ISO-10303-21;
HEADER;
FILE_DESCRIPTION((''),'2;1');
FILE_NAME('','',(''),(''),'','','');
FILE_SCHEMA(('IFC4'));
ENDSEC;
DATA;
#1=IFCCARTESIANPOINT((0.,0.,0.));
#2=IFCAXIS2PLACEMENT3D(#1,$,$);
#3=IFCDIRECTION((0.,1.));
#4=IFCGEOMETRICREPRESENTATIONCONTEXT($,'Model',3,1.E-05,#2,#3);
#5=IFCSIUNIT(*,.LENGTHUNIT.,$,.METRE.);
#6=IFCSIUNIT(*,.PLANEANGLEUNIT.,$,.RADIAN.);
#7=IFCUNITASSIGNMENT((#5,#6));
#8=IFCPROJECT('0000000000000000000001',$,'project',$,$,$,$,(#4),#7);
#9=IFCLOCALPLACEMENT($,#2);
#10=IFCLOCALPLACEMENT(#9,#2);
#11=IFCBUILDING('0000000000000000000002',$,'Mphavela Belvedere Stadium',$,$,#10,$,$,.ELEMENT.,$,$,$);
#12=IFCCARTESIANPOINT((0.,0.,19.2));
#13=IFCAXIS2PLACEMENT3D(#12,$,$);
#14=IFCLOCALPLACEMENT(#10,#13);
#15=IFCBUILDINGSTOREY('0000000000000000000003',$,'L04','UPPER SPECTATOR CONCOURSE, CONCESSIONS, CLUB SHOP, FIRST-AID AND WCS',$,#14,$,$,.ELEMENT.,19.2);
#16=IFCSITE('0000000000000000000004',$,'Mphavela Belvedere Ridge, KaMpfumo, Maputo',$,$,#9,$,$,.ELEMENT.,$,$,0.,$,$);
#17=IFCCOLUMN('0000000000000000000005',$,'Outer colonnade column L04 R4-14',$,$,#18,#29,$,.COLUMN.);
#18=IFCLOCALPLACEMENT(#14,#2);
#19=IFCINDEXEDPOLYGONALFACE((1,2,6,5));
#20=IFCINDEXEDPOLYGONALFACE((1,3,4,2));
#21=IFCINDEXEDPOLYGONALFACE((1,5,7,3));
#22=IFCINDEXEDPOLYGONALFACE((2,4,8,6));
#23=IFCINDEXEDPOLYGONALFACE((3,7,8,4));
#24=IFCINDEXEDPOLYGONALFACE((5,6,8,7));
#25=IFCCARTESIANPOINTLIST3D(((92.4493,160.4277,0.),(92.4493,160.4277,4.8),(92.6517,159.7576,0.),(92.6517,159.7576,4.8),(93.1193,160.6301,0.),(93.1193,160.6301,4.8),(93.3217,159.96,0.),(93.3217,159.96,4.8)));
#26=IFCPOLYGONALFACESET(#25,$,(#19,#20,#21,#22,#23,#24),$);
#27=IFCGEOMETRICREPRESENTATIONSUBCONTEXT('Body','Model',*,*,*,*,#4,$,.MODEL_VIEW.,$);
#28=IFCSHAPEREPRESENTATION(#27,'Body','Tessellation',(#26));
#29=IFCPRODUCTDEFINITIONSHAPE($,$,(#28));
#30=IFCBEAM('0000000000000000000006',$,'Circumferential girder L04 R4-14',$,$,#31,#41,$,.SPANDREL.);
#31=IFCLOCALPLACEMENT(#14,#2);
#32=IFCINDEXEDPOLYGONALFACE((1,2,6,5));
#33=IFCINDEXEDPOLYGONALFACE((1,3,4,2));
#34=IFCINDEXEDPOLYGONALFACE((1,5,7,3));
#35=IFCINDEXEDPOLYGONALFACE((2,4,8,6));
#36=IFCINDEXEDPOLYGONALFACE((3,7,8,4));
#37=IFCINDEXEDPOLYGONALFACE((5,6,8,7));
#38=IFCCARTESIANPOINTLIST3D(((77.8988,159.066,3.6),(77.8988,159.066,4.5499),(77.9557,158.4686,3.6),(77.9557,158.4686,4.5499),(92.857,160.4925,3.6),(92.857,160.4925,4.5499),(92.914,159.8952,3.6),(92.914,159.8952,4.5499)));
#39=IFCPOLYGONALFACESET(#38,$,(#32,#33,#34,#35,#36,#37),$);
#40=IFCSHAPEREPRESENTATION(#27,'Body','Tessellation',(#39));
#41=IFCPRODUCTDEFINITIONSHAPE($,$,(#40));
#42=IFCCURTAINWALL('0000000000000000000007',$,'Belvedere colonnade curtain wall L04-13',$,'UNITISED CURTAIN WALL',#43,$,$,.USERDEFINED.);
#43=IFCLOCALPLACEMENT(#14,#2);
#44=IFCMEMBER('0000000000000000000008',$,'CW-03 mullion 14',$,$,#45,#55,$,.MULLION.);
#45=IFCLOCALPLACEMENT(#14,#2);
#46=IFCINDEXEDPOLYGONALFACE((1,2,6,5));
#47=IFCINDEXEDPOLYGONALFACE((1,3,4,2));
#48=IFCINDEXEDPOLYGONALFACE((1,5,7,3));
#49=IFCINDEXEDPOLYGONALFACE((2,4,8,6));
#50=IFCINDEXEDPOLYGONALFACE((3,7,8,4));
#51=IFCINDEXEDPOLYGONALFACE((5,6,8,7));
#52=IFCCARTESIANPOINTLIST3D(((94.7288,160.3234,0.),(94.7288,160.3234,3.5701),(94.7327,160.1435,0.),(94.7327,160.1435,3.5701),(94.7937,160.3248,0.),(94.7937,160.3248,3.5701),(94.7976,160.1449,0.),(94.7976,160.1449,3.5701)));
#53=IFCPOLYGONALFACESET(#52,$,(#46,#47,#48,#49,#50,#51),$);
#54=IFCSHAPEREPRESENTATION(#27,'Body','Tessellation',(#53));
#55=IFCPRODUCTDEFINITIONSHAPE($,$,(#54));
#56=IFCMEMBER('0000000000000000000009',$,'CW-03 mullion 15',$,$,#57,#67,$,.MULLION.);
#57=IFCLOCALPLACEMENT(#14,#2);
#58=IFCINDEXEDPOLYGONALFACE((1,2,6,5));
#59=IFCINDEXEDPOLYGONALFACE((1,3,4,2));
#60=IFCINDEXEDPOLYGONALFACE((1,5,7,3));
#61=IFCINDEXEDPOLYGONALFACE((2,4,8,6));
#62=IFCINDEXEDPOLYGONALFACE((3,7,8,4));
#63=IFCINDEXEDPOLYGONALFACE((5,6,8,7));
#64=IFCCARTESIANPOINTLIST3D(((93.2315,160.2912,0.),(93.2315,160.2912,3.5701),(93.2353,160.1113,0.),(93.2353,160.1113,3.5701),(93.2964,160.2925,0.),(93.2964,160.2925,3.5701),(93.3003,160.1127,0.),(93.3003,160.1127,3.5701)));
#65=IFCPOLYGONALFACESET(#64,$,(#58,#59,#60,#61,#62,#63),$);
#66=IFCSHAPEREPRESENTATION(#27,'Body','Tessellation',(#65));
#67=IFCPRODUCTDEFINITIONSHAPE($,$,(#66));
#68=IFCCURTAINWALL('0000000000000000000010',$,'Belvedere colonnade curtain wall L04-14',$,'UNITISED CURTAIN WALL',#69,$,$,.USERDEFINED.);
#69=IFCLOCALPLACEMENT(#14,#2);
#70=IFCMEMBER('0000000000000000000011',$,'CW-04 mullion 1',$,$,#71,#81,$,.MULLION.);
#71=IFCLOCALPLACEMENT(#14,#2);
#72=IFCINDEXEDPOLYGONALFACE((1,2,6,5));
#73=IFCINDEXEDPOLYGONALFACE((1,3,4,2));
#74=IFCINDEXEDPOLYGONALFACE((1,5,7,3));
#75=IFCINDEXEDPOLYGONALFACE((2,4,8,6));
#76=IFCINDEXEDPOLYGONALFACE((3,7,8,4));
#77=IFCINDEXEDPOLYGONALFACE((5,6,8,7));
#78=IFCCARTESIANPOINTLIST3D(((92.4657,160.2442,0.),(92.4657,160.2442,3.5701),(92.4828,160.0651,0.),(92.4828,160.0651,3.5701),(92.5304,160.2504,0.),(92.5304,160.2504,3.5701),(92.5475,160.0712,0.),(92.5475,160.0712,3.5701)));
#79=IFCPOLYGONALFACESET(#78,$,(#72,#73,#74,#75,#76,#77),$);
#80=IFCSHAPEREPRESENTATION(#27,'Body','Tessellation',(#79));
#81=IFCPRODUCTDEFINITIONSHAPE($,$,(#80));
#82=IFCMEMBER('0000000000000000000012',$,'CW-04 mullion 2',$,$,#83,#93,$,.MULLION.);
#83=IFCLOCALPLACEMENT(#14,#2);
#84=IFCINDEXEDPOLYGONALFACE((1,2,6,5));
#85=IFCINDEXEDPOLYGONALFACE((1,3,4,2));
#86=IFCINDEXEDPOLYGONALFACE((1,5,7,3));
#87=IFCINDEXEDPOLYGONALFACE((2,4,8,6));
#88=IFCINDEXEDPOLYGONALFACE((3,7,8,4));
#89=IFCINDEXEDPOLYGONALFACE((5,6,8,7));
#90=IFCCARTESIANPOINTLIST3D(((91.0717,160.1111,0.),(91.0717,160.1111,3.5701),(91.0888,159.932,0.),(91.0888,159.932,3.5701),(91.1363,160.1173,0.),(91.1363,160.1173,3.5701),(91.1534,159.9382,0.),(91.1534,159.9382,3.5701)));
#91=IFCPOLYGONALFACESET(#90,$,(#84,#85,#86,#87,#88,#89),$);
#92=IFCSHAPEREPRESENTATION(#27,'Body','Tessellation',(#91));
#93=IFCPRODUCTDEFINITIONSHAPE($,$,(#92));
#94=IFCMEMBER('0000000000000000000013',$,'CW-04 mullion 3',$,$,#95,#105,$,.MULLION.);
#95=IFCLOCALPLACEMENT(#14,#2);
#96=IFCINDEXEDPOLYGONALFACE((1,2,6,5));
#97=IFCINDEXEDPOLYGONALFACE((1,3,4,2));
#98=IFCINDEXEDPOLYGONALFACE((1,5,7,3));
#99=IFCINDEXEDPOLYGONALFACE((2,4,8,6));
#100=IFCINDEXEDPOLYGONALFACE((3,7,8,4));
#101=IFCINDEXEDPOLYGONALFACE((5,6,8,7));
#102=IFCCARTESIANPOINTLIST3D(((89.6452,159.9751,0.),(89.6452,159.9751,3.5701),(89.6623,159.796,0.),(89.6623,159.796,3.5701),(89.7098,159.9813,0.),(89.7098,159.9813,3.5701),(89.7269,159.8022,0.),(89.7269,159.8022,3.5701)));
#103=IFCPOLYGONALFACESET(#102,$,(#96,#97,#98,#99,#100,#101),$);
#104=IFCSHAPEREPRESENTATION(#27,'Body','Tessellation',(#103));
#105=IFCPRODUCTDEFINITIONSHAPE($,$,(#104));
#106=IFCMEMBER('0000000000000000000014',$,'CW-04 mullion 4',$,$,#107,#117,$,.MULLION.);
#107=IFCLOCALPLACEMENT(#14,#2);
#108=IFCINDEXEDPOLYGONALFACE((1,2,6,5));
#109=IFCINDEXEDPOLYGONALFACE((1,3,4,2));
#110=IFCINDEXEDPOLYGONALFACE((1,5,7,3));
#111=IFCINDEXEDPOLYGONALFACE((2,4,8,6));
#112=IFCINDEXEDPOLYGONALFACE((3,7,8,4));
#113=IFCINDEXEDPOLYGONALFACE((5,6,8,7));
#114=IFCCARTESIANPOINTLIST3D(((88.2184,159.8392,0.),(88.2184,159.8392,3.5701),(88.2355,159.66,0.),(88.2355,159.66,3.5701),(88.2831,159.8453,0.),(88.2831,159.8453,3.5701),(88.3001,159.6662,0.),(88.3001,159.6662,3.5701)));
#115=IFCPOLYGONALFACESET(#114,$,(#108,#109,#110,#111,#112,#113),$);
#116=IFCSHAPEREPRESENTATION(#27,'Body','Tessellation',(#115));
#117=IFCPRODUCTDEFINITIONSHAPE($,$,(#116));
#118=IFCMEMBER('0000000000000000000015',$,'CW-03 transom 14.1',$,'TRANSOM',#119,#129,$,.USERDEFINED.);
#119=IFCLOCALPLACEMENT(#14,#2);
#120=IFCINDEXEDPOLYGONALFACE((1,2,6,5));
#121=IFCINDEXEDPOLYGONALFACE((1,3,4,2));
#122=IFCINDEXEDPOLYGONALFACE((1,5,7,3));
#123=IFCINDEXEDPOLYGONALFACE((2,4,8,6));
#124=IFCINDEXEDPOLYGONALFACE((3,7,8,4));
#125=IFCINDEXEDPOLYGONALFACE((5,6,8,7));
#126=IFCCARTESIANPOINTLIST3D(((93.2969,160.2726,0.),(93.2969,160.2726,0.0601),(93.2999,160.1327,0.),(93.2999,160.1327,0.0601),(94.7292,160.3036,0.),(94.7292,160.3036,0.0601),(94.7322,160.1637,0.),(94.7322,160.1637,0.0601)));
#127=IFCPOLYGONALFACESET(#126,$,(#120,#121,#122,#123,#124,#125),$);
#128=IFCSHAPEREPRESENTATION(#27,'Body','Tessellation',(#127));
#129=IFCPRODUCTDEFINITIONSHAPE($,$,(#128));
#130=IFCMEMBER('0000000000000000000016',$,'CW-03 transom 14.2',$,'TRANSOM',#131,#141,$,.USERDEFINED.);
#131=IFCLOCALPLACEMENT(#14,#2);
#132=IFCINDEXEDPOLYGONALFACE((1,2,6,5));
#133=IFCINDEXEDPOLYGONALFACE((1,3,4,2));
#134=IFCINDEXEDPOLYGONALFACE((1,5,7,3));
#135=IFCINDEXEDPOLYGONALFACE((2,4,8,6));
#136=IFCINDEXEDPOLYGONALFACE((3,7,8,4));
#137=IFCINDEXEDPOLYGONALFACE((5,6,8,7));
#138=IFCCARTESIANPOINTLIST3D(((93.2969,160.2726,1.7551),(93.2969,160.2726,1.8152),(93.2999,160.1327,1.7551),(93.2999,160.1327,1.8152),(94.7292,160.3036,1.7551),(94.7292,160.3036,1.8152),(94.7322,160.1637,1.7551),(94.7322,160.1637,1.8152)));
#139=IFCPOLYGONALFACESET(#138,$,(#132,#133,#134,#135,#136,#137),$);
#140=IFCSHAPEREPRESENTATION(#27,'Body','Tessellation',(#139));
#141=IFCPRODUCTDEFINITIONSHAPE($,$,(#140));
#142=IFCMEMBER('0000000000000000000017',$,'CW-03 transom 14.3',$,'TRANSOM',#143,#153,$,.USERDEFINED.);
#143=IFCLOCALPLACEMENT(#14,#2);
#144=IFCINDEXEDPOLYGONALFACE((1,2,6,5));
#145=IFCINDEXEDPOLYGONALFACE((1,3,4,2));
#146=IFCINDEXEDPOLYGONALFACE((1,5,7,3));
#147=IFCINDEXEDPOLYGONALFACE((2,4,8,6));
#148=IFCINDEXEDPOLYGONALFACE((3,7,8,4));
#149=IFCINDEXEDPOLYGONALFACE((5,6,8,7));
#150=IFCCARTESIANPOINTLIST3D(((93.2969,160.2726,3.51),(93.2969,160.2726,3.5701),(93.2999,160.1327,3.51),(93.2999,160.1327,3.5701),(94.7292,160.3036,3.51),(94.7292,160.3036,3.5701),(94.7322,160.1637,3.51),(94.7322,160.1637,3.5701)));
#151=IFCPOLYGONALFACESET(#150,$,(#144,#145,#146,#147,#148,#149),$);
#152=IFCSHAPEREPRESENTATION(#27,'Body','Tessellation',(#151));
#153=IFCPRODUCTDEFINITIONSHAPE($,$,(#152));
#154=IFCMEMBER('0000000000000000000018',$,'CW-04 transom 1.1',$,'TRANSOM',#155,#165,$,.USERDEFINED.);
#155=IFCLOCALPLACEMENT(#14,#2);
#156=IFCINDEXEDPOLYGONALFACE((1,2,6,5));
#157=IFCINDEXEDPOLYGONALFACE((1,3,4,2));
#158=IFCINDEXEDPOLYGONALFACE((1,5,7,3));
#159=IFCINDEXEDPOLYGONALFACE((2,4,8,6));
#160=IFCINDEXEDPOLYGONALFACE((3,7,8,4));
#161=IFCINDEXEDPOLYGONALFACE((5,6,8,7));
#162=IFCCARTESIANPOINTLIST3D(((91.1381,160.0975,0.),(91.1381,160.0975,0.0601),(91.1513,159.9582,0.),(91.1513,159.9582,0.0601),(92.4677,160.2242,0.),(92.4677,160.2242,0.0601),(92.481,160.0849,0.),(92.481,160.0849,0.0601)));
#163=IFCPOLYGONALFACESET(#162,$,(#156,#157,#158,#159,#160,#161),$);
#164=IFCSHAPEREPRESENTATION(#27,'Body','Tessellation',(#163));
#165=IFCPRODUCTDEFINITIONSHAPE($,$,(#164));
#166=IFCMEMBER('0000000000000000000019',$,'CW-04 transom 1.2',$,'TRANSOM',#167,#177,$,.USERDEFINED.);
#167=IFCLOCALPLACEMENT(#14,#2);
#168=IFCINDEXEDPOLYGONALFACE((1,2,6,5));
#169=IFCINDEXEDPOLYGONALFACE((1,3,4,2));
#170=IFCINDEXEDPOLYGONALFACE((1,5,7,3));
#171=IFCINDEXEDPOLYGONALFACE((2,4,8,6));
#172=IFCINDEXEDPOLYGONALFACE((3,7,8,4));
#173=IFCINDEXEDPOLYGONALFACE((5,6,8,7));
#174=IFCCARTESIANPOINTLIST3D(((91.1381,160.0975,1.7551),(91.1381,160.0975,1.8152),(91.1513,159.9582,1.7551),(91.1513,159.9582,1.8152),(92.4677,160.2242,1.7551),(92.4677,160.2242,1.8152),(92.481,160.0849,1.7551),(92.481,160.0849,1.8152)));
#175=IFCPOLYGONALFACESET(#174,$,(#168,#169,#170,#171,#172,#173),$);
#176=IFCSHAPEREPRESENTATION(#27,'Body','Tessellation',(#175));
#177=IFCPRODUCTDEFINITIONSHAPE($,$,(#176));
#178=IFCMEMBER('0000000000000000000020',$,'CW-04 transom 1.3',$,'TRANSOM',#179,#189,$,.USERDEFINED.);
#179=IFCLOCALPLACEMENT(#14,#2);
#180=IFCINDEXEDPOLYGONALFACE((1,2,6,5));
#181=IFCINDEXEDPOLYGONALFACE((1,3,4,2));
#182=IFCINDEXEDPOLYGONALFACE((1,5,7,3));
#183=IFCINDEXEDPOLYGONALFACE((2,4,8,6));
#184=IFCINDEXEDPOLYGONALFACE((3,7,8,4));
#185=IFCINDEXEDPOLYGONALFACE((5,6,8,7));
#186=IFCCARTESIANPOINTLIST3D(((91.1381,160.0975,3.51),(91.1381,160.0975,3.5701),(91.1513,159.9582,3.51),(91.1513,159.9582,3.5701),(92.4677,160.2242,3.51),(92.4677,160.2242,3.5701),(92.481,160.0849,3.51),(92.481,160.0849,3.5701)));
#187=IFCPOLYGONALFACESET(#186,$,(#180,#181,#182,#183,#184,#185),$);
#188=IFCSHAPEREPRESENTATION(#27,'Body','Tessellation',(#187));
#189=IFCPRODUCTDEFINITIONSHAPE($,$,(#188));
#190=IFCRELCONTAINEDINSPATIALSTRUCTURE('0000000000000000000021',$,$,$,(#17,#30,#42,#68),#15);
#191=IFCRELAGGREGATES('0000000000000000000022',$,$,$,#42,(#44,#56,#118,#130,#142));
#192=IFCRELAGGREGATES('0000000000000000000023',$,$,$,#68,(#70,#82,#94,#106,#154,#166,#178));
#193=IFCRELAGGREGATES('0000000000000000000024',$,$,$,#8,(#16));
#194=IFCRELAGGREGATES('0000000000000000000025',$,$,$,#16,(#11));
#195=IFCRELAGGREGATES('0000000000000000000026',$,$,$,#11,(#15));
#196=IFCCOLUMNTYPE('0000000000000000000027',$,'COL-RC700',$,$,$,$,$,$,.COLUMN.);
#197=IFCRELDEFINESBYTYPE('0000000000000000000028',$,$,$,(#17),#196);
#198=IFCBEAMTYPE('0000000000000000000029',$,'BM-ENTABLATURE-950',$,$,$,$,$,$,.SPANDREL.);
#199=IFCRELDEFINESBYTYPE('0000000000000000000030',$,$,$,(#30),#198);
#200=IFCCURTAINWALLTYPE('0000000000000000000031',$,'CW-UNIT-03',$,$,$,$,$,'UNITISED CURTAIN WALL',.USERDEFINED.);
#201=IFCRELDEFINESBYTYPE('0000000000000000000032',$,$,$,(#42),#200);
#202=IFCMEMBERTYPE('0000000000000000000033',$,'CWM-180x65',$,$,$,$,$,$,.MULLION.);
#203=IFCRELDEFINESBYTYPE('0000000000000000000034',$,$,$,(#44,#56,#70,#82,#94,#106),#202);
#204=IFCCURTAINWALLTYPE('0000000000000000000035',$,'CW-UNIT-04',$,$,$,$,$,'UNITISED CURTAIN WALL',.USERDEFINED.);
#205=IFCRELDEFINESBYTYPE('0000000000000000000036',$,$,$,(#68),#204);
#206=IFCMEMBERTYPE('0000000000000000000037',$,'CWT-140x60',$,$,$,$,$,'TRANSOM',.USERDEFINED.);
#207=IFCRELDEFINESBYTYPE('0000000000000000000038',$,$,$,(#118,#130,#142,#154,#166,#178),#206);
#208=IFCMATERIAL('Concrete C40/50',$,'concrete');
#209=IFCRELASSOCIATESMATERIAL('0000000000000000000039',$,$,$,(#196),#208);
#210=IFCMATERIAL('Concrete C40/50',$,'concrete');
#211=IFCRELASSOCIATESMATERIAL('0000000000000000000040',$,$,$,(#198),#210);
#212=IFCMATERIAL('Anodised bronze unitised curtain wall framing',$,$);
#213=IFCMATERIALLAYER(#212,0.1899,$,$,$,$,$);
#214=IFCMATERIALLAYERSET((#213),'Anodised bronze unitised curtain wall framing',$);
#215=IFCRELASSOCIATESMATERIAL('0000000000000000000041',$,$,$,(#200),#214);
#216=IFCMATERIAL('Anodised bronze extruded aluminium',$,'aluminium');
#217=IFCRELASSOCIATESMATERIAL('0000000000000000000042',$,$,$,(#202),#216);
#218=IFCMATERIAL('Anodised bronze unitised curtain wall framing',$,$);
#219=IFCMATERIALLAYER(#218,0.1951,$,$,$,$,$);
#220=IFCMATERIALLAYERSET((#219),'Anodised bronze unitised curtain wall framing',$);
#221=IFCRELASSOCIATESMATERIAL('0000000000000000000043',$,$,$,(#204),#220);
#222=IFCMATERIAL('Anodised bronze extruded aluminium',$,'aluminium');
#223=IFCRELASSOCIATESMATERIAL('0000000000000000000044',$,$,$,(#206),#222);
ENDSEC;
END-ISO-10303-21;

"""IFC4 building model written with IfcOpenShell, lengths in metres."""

from ifc_helpers import new_model, si_unit, direction, frame, origin, origin_2d, place, context, subcontext, project, spatial, rectangle, extrude, material, layer, layer_set, material_profile, profile_set, type_object, element, aggregate, save


model = new_model("IFC4")

# Units and contexts
model_context = context("Model", 3, precision=1e-05, world=origin(), true_north=direction((0.0, 1.0)))
body_context = subcontext(model_context, "Body", "Model", "MODEL_VIEW")
ifc_project = project(units=[si_unit("LENGTHUNIT", "METRE"), si_unit("PLANEANGLEUNIT", "RADIAN")], contexts=[model_context])

# Site, building, storey
site_placement = place(None, origin())
site = spatial("IfcSite", under=ifc_project, at=site_placement, Name="Mphavela Belvedere Ridge, KaMpfumo, Maputo", CompositionType="ELEMENT", RefElevation=0.0)
building_placement = place(site_placement, origin())
building = spatial("IfcBuilding", under=site, at=building_placement, Name="Mphavela Belvedere Stadium", CompositionType="ELEMENT")
storey_placement = place(building_placement, frame((0.0, 0.0, 19.2)))
storey = spatial("IfcBuildingStorey", under=building, at=storey_placement, Name="L04", Description="UPPER SPECTATOR CONCOURSE, CONCESSIONS, CLUB SHOP, FIRST-AID AND WCS", CompositionType="ELEMENT", Elevation=19.2)

# Column
ifc_material_1 = material(Name="Concrete C40/50", Category="concrete")
ifc_material_profile_1 = material_profile(ifc_material_1, rectangle(XDim=0.7, YDim=0.7, at=origin_2d()), Name="RC 700x700")
ifc_profile_set_1 = profile_set([ifc_material_profile_1], Name="Concrete C40/50")
column_type = type_object("IfcColumnType", Name="COL-RC700", PredefinedType="COLUMN", material=ifc_profile_set_1)
column_placement = place(storey_placement, frame((92.8855, 160.1938, 0.0), z_axis=(0.0, 0.0, 1.0), x_axis=(-0.289199, 0.957269, 0.0)))
element("IfcColumn", 1, at=column_placement, inside=storey, type_object=column_type, Name="Outer colonnade column L04 R4-14", PredefinedType="COLUMN", context=body_context, shape_type="SweptSolid", body=[
    extrude(rectangle(XDim=0.7, YDim=0.7, at=origin_2d()), origin(), (0.0, 0.0, 1.0), 4.8),
])

# Beam
ifc_material_2 = material(Name="Concrete C40/50", Category="concrete")
ifc_material_profile_2 = material_profile(ifc_material_2, rectangle(XDim=0.6001, YDim=0.95, at=origin_2d()), Name="RC 600x950")
ifc_profile_set_2 = profile_set([ifc_material_profile_2], Name="Concrete C40/50")
beam_type = type_object("IfcBeamType", Name="BM-ENTABLATURE-950", PredefinedType="SPANDREL", material=ifc_profile_set_2)
beam_placement = place(storey_placement, frame((92.8855, 160.1938, 4.075), z_axis=(-0.995483, -0.094936, 0.0), x_axis=(0.094936, -0.995483, 0.0)))
element("IfcBeam", 2, at=beam_placement, inside=storey, type_object=beam_type, Name="Circumferential girder L04 R4-14", PredefinedType="SPANDREL", context=body_context, shape_type="SweptSolid", body=[
    extrude(rectangle(XDim=0.6001, YDim=0.95, at=origin_2d()), origin(), (0.0, 0.0, 1.0), 15.0261),
])

# Curtain walls, members
ifc_material_3 = material(Name="Anodised bronze unitised curtain wall framing")
ifc_layer_1 = layer(ifc_material_3, 0.1899)
ifc_layer_set_1 = layer_set([ifc_layer_1], Name="Anodised bronze unitised curtain wall framing")
curtain_wall_type_1 = type_object("IfcCurtainWallType", Name="CW-UNIT-03", ElementType="UNITISED CURTAIN WALL", PredefinedType="USERDEFINED", material=ifc_layer_set_1)
curtain_wall_1_placement = place(storey_placement, origin())
curtain_wall_1 = element("IfcCurtainWall", 3, at=curtain_wall_1_placement, inside=storey, type_object=curtain_wall_type_1, Name="Belvedere colonnade curtain wall L04-13", ObjectType="UNITISED CURTAIN WALL", PredefinedType="USERDEFINED")
ifc_material_4 = material(Name="Anodised bronze extruded aluminium", Category="aluminium")
ifc_material_profile_3 = material_profile(ifc_material_4, rectangle(XDim=0.1799, YDim=0.0649, at=origin_2d()), Name="CW-MUL 180x65")
ifc_profile_set_3 = profile_set([ifc_material_profile_3], Name="Anodised bronze extruded aluminium")
member_type_1 = type_object("IfcMemberType", Name="CWM-180x65", PredefinedType="MULLION", material=ifc_profile_set_3)
member_1_placement = place(storey_placement, frame((94.7632, 160.2341, 0.0), z_axis=(0.0, 0.0, 1.0), x_axis=(0.021527, -0.999768, 0.0)))
member_1 = element("IfcMember", 4, at=member_1_placement, type_object=member_type_1, Name="CW-03 mullion 14", PredefinedType="MULLION", context=body_context, shape_type="SweptSolid", body=[
    extrude(rectangle(XDim=0.1799, YDim=0.0649, at=origin_2d()), origin(), (0.0, 0.0, 1.0), 3.5701),
])
member_2_placement = place(storey_placement, frame((93.2659, 160.2019, 0.0), z_axis=(0.0, 0.0, 1.0), x_axis=(0.021527, -0.999768, 0.0)))
member_2 = element("IfcMember", 5, at=member_2_placement, type_object=member_type_1, Name="CW-03 mullion 15", PredefinedType="MULLION", context=body_context, shape_type="SweptSolid", body=[
    extrude(rectangle(XDim=0.1799, YDim=0.0649, at=origin_2d()), origin(), (0.0, 0.0, 1.0), 3.5701),
])
ifc_material_5 = material(Name="Anodised bronze unitised curtain wall framing")
ifc_layer_2 = layer(ifc_material_5, 0.1951)
ifc_layer_set_2 = layer_set([ifc_layer_2], Name="Anodised bronze unitised curtain wall framing")
curtain_wall_type_2 = type_object("IfcCurtainWallType", Name="CW-UNIT-04", ElementType="UNITISED CURTAIN WALL", PredefinedType="USERDEFINED", material=ifc_layer_set_2)
curtain_wall_2_placement = place(storey_placement, origin())
curtain_wall_2 = element("IfcCurtainWall", 6, at=curtain_wall_2_placement, inside=storey, type_object=curtain_wall_type_2, Name="Belvedere colonnade curtain wall L04-14", ObjectType="UNITISED CURTAIN WALL", PredefinedType="USERDEFINED")
member_3_placement = place(storey_placement, frame((92.5066, 160.1577, 0.0), z_axis=(0.0, 0.0, 1.0), x_axis=(0.094933, -0.995484, 0.0)))
member_3 = element("IfcMember", 7, at=member_3_placement, type_object=member_type_1, Name="CW-04 mullion 1", PredefinedType="MULLION", context=body_context, shape_type="SweptSolid", body=[
    extrude(rectangle(XDim=0.1799, YDim=0.0649, at=origin_2d()), origin(), (0.0, 0.0, 1.0), 3.5701),
])
member_4_placement = place(storey_placement, frame((91.1125, 160.0247, 0.0), z_axis=(0.0, 0.0, 1.0), x_axis=(0.094933, -0.995484, 0.0)))
member_4 = element("IfcMember", 8, at=member_4_placement, type_object=member_type_1, Name="CW-04 mullion 2", PredefinedType="MULLION", context=body_context, shape_type="SweptSolid", body=[
    extrude(rectangle(XDim=0.1799, YDim=0.0649, at=origin_2d()), origin(), (0.0, 0.0, 1.0), 3.5701),
])
member_5_placement = place(storey_placement, frame((89.686, 159.8887, 0.0), z_axis=(0.0, 0.0, 1.0), x_axis=(0.094933, -0.995484, 0.0)))
member_5 = element("IfcMember", 9, at=member_5_placement, type_object=member_type_1, Name="CW-04 mullion 3", PredefinedType="MULLION", context=body_context, shape_type="SweptSolid", body=[
    extrude(rectangle(XDim=0.1799, YDim=0.0649, at=origin_2d()), origin(), (0.0, 0.0, 1.0), 3.5701),
])
member_6_placement = place(storey_placement, frame((88.2593, 159.7527, 0.0), z_axis=(0.0, 0.0, 1.0), x_axis=(0.094933, -0.995484, 0.0)))
member_6 = element("IfcMember", 10, at=member_6_placement, type_object=member_type_1, Name="CW-04 mullion 4", PredefinedType="MULLION", context=body_context, shape_type="SweptSolid", body=[
    extrude(rectangle(XDim=0.1799, YDim=0.0649, at=origin_2d()), origin(), (0.0, 0.0, 1.0), 3.5701),
])

# Members
ifc_material_6 = material(Name="Anodised bronze extruded aluminium", Category="aluminium")
ifc_material_profile_4 = material_profile(ifc_material_6, rectangle(XDim=0.1399, YDim=0.0601, at=origin_2d()), Name="CW-TRN 140x60")
ifc_profile_set_4 = profile_set([ifc_material_profile_4], Name="Anodised bronze extruded aluminium")
member_type_2 = type_object("IfcMemberType", Name="CWT-140x60", ElementType="TRANSOM", PredefinedType="USERDEFINED", material=ifc_profile_set_4)
member_7_placement = place(storey_placement, frame((94.7307, 160.2336, 0.03), z_axis=(-0.999766, -0.021641, 0.0), x_axis=(0.021641, -0.999766, 0.0)))
member_7 = element("IfcMember", 11, at=member_7_placement, type_object=member_type_2, Name="CW-03 transom 14.1", ObjectType="TRANSOM", PredefinedType="USERDEFINED", context=body_context, shape_type="SweptSolid", body=[
    extrude(rectangle(XDim=0.1399, YDim=0.0601, at=origin_2d()), origin(), (0.0, 0.0, 1.0), 1.4326),
])
member_8_placement = place(storey_placement, frame((94.7307, 160.2336, 1.7852), z_axis=(-0.999766, -0.021641, 0.0), x_axis=(0.021641, -0.999766, 0.0)))
member_8 = element("IfcMember", 12, at=member_8_placement, type_object=member_type_2, Name="CW-03 transom 14.2", ObjectType="TRANSOM", PredefinedType="USERDEFINED", context=body_context, shape_type="SweptSolid", body=[
    extrude(rectangle(XDim=0.1399, YDim=0.0601, at=origin_2d()), origin(), (0.0, 0.0, 1.0), 1.4326),
])
member_9_placement = place(storey_placement, frame((94.7307, 160.2336, 3.54), z_axis=(-0.999766, -0.021641, 0.0), x_axis=(0.021641, -0.999766, 0.0)))
member_9 = element("IfcMember", 13, at=member_9_placement, type_object=member_type_2, Name="CW-03 transom 14.3", ObjectType="TRANSOM", PredefinedType="USERDEFINED", context=body_context, shape_type="SweptSolid", body=[
    extrude(rectangle(XDim=0.1399, YDim=0.0601, at=origin_2d()), origin(), (0.0, 0.0, 1.0), 1.4326),
])
member_10_placement = place(storey_placement, frame((92.4744, 160.1545, 0.03), z_axis=(-0.99549, -0.094869, 0.0), x_axis=(0.094869, -0.99549, 0.0)))
member_10 = element("IfcMember", 14, at=member_10_placement, type_object=member_type_2, Name="CW-04 transom 1.1", ObjectType="TRANSOM", PredefinedType="USERDEFINED", context=body_context, shape_type="SweptSolid", body=[
    extrude(rectangle(XDim=0.1399, YDim=0.0601, at=origin_2d()), origin(), (0.0, 0.0, 1.0), 1.3357),
])
member_11_placement = place(storey_placement, frame((92.4744, 160.1545, 1.7852), z_axis=(-0.99549, -0.094869, 0.0), x_axis=(0.094869, -0.99549, 0.0)))
member_11 = element("IfcMember", 15, at=member_11_placement, type_object=member_type_2, Name="CW-04 transom 1.2", ObjectType="TRANSOM", PredefinedType="USERDEFINED", context=body_context, shape_type="SweptSolid", body=[
    extrude(rectangle(XDim=0.1399, YDim=0.0601, at=origin_2d()), origin(), (0.0, 0.0, 1.0), 1.3357),
])
member_12_placement = place(storey_placement, frame((92.4744, 160.1545, 3.54), z_axis=(-0.99549, -0.094869, 0.0), x_axis=(0.094869, -0.99549, 0.0)))
member_12 = element("IfcMember", 16, at=member_12_placement, type_object=member_type_2, Name="CW-04 transom 1.3", ObjectType="TRANSOM", PredefinedType="USERDEFINED", context=body_context, shape_type="SweptSolid", body=[
    extrude(rectangle(XDim=0.1399, YDim=0.0601, at=origin_2d()), origin(), (0.0, 0.0, 1.0), 1.3357),
])

aggregate(curtain_wall_1, [member_1, member_2, member_7, member_8, member_9])
aggregate(curtain_wall_2, [member_3, member_4, member_5, member_6, member_10, member_11, member_12])

save(model, "model.ifc")
